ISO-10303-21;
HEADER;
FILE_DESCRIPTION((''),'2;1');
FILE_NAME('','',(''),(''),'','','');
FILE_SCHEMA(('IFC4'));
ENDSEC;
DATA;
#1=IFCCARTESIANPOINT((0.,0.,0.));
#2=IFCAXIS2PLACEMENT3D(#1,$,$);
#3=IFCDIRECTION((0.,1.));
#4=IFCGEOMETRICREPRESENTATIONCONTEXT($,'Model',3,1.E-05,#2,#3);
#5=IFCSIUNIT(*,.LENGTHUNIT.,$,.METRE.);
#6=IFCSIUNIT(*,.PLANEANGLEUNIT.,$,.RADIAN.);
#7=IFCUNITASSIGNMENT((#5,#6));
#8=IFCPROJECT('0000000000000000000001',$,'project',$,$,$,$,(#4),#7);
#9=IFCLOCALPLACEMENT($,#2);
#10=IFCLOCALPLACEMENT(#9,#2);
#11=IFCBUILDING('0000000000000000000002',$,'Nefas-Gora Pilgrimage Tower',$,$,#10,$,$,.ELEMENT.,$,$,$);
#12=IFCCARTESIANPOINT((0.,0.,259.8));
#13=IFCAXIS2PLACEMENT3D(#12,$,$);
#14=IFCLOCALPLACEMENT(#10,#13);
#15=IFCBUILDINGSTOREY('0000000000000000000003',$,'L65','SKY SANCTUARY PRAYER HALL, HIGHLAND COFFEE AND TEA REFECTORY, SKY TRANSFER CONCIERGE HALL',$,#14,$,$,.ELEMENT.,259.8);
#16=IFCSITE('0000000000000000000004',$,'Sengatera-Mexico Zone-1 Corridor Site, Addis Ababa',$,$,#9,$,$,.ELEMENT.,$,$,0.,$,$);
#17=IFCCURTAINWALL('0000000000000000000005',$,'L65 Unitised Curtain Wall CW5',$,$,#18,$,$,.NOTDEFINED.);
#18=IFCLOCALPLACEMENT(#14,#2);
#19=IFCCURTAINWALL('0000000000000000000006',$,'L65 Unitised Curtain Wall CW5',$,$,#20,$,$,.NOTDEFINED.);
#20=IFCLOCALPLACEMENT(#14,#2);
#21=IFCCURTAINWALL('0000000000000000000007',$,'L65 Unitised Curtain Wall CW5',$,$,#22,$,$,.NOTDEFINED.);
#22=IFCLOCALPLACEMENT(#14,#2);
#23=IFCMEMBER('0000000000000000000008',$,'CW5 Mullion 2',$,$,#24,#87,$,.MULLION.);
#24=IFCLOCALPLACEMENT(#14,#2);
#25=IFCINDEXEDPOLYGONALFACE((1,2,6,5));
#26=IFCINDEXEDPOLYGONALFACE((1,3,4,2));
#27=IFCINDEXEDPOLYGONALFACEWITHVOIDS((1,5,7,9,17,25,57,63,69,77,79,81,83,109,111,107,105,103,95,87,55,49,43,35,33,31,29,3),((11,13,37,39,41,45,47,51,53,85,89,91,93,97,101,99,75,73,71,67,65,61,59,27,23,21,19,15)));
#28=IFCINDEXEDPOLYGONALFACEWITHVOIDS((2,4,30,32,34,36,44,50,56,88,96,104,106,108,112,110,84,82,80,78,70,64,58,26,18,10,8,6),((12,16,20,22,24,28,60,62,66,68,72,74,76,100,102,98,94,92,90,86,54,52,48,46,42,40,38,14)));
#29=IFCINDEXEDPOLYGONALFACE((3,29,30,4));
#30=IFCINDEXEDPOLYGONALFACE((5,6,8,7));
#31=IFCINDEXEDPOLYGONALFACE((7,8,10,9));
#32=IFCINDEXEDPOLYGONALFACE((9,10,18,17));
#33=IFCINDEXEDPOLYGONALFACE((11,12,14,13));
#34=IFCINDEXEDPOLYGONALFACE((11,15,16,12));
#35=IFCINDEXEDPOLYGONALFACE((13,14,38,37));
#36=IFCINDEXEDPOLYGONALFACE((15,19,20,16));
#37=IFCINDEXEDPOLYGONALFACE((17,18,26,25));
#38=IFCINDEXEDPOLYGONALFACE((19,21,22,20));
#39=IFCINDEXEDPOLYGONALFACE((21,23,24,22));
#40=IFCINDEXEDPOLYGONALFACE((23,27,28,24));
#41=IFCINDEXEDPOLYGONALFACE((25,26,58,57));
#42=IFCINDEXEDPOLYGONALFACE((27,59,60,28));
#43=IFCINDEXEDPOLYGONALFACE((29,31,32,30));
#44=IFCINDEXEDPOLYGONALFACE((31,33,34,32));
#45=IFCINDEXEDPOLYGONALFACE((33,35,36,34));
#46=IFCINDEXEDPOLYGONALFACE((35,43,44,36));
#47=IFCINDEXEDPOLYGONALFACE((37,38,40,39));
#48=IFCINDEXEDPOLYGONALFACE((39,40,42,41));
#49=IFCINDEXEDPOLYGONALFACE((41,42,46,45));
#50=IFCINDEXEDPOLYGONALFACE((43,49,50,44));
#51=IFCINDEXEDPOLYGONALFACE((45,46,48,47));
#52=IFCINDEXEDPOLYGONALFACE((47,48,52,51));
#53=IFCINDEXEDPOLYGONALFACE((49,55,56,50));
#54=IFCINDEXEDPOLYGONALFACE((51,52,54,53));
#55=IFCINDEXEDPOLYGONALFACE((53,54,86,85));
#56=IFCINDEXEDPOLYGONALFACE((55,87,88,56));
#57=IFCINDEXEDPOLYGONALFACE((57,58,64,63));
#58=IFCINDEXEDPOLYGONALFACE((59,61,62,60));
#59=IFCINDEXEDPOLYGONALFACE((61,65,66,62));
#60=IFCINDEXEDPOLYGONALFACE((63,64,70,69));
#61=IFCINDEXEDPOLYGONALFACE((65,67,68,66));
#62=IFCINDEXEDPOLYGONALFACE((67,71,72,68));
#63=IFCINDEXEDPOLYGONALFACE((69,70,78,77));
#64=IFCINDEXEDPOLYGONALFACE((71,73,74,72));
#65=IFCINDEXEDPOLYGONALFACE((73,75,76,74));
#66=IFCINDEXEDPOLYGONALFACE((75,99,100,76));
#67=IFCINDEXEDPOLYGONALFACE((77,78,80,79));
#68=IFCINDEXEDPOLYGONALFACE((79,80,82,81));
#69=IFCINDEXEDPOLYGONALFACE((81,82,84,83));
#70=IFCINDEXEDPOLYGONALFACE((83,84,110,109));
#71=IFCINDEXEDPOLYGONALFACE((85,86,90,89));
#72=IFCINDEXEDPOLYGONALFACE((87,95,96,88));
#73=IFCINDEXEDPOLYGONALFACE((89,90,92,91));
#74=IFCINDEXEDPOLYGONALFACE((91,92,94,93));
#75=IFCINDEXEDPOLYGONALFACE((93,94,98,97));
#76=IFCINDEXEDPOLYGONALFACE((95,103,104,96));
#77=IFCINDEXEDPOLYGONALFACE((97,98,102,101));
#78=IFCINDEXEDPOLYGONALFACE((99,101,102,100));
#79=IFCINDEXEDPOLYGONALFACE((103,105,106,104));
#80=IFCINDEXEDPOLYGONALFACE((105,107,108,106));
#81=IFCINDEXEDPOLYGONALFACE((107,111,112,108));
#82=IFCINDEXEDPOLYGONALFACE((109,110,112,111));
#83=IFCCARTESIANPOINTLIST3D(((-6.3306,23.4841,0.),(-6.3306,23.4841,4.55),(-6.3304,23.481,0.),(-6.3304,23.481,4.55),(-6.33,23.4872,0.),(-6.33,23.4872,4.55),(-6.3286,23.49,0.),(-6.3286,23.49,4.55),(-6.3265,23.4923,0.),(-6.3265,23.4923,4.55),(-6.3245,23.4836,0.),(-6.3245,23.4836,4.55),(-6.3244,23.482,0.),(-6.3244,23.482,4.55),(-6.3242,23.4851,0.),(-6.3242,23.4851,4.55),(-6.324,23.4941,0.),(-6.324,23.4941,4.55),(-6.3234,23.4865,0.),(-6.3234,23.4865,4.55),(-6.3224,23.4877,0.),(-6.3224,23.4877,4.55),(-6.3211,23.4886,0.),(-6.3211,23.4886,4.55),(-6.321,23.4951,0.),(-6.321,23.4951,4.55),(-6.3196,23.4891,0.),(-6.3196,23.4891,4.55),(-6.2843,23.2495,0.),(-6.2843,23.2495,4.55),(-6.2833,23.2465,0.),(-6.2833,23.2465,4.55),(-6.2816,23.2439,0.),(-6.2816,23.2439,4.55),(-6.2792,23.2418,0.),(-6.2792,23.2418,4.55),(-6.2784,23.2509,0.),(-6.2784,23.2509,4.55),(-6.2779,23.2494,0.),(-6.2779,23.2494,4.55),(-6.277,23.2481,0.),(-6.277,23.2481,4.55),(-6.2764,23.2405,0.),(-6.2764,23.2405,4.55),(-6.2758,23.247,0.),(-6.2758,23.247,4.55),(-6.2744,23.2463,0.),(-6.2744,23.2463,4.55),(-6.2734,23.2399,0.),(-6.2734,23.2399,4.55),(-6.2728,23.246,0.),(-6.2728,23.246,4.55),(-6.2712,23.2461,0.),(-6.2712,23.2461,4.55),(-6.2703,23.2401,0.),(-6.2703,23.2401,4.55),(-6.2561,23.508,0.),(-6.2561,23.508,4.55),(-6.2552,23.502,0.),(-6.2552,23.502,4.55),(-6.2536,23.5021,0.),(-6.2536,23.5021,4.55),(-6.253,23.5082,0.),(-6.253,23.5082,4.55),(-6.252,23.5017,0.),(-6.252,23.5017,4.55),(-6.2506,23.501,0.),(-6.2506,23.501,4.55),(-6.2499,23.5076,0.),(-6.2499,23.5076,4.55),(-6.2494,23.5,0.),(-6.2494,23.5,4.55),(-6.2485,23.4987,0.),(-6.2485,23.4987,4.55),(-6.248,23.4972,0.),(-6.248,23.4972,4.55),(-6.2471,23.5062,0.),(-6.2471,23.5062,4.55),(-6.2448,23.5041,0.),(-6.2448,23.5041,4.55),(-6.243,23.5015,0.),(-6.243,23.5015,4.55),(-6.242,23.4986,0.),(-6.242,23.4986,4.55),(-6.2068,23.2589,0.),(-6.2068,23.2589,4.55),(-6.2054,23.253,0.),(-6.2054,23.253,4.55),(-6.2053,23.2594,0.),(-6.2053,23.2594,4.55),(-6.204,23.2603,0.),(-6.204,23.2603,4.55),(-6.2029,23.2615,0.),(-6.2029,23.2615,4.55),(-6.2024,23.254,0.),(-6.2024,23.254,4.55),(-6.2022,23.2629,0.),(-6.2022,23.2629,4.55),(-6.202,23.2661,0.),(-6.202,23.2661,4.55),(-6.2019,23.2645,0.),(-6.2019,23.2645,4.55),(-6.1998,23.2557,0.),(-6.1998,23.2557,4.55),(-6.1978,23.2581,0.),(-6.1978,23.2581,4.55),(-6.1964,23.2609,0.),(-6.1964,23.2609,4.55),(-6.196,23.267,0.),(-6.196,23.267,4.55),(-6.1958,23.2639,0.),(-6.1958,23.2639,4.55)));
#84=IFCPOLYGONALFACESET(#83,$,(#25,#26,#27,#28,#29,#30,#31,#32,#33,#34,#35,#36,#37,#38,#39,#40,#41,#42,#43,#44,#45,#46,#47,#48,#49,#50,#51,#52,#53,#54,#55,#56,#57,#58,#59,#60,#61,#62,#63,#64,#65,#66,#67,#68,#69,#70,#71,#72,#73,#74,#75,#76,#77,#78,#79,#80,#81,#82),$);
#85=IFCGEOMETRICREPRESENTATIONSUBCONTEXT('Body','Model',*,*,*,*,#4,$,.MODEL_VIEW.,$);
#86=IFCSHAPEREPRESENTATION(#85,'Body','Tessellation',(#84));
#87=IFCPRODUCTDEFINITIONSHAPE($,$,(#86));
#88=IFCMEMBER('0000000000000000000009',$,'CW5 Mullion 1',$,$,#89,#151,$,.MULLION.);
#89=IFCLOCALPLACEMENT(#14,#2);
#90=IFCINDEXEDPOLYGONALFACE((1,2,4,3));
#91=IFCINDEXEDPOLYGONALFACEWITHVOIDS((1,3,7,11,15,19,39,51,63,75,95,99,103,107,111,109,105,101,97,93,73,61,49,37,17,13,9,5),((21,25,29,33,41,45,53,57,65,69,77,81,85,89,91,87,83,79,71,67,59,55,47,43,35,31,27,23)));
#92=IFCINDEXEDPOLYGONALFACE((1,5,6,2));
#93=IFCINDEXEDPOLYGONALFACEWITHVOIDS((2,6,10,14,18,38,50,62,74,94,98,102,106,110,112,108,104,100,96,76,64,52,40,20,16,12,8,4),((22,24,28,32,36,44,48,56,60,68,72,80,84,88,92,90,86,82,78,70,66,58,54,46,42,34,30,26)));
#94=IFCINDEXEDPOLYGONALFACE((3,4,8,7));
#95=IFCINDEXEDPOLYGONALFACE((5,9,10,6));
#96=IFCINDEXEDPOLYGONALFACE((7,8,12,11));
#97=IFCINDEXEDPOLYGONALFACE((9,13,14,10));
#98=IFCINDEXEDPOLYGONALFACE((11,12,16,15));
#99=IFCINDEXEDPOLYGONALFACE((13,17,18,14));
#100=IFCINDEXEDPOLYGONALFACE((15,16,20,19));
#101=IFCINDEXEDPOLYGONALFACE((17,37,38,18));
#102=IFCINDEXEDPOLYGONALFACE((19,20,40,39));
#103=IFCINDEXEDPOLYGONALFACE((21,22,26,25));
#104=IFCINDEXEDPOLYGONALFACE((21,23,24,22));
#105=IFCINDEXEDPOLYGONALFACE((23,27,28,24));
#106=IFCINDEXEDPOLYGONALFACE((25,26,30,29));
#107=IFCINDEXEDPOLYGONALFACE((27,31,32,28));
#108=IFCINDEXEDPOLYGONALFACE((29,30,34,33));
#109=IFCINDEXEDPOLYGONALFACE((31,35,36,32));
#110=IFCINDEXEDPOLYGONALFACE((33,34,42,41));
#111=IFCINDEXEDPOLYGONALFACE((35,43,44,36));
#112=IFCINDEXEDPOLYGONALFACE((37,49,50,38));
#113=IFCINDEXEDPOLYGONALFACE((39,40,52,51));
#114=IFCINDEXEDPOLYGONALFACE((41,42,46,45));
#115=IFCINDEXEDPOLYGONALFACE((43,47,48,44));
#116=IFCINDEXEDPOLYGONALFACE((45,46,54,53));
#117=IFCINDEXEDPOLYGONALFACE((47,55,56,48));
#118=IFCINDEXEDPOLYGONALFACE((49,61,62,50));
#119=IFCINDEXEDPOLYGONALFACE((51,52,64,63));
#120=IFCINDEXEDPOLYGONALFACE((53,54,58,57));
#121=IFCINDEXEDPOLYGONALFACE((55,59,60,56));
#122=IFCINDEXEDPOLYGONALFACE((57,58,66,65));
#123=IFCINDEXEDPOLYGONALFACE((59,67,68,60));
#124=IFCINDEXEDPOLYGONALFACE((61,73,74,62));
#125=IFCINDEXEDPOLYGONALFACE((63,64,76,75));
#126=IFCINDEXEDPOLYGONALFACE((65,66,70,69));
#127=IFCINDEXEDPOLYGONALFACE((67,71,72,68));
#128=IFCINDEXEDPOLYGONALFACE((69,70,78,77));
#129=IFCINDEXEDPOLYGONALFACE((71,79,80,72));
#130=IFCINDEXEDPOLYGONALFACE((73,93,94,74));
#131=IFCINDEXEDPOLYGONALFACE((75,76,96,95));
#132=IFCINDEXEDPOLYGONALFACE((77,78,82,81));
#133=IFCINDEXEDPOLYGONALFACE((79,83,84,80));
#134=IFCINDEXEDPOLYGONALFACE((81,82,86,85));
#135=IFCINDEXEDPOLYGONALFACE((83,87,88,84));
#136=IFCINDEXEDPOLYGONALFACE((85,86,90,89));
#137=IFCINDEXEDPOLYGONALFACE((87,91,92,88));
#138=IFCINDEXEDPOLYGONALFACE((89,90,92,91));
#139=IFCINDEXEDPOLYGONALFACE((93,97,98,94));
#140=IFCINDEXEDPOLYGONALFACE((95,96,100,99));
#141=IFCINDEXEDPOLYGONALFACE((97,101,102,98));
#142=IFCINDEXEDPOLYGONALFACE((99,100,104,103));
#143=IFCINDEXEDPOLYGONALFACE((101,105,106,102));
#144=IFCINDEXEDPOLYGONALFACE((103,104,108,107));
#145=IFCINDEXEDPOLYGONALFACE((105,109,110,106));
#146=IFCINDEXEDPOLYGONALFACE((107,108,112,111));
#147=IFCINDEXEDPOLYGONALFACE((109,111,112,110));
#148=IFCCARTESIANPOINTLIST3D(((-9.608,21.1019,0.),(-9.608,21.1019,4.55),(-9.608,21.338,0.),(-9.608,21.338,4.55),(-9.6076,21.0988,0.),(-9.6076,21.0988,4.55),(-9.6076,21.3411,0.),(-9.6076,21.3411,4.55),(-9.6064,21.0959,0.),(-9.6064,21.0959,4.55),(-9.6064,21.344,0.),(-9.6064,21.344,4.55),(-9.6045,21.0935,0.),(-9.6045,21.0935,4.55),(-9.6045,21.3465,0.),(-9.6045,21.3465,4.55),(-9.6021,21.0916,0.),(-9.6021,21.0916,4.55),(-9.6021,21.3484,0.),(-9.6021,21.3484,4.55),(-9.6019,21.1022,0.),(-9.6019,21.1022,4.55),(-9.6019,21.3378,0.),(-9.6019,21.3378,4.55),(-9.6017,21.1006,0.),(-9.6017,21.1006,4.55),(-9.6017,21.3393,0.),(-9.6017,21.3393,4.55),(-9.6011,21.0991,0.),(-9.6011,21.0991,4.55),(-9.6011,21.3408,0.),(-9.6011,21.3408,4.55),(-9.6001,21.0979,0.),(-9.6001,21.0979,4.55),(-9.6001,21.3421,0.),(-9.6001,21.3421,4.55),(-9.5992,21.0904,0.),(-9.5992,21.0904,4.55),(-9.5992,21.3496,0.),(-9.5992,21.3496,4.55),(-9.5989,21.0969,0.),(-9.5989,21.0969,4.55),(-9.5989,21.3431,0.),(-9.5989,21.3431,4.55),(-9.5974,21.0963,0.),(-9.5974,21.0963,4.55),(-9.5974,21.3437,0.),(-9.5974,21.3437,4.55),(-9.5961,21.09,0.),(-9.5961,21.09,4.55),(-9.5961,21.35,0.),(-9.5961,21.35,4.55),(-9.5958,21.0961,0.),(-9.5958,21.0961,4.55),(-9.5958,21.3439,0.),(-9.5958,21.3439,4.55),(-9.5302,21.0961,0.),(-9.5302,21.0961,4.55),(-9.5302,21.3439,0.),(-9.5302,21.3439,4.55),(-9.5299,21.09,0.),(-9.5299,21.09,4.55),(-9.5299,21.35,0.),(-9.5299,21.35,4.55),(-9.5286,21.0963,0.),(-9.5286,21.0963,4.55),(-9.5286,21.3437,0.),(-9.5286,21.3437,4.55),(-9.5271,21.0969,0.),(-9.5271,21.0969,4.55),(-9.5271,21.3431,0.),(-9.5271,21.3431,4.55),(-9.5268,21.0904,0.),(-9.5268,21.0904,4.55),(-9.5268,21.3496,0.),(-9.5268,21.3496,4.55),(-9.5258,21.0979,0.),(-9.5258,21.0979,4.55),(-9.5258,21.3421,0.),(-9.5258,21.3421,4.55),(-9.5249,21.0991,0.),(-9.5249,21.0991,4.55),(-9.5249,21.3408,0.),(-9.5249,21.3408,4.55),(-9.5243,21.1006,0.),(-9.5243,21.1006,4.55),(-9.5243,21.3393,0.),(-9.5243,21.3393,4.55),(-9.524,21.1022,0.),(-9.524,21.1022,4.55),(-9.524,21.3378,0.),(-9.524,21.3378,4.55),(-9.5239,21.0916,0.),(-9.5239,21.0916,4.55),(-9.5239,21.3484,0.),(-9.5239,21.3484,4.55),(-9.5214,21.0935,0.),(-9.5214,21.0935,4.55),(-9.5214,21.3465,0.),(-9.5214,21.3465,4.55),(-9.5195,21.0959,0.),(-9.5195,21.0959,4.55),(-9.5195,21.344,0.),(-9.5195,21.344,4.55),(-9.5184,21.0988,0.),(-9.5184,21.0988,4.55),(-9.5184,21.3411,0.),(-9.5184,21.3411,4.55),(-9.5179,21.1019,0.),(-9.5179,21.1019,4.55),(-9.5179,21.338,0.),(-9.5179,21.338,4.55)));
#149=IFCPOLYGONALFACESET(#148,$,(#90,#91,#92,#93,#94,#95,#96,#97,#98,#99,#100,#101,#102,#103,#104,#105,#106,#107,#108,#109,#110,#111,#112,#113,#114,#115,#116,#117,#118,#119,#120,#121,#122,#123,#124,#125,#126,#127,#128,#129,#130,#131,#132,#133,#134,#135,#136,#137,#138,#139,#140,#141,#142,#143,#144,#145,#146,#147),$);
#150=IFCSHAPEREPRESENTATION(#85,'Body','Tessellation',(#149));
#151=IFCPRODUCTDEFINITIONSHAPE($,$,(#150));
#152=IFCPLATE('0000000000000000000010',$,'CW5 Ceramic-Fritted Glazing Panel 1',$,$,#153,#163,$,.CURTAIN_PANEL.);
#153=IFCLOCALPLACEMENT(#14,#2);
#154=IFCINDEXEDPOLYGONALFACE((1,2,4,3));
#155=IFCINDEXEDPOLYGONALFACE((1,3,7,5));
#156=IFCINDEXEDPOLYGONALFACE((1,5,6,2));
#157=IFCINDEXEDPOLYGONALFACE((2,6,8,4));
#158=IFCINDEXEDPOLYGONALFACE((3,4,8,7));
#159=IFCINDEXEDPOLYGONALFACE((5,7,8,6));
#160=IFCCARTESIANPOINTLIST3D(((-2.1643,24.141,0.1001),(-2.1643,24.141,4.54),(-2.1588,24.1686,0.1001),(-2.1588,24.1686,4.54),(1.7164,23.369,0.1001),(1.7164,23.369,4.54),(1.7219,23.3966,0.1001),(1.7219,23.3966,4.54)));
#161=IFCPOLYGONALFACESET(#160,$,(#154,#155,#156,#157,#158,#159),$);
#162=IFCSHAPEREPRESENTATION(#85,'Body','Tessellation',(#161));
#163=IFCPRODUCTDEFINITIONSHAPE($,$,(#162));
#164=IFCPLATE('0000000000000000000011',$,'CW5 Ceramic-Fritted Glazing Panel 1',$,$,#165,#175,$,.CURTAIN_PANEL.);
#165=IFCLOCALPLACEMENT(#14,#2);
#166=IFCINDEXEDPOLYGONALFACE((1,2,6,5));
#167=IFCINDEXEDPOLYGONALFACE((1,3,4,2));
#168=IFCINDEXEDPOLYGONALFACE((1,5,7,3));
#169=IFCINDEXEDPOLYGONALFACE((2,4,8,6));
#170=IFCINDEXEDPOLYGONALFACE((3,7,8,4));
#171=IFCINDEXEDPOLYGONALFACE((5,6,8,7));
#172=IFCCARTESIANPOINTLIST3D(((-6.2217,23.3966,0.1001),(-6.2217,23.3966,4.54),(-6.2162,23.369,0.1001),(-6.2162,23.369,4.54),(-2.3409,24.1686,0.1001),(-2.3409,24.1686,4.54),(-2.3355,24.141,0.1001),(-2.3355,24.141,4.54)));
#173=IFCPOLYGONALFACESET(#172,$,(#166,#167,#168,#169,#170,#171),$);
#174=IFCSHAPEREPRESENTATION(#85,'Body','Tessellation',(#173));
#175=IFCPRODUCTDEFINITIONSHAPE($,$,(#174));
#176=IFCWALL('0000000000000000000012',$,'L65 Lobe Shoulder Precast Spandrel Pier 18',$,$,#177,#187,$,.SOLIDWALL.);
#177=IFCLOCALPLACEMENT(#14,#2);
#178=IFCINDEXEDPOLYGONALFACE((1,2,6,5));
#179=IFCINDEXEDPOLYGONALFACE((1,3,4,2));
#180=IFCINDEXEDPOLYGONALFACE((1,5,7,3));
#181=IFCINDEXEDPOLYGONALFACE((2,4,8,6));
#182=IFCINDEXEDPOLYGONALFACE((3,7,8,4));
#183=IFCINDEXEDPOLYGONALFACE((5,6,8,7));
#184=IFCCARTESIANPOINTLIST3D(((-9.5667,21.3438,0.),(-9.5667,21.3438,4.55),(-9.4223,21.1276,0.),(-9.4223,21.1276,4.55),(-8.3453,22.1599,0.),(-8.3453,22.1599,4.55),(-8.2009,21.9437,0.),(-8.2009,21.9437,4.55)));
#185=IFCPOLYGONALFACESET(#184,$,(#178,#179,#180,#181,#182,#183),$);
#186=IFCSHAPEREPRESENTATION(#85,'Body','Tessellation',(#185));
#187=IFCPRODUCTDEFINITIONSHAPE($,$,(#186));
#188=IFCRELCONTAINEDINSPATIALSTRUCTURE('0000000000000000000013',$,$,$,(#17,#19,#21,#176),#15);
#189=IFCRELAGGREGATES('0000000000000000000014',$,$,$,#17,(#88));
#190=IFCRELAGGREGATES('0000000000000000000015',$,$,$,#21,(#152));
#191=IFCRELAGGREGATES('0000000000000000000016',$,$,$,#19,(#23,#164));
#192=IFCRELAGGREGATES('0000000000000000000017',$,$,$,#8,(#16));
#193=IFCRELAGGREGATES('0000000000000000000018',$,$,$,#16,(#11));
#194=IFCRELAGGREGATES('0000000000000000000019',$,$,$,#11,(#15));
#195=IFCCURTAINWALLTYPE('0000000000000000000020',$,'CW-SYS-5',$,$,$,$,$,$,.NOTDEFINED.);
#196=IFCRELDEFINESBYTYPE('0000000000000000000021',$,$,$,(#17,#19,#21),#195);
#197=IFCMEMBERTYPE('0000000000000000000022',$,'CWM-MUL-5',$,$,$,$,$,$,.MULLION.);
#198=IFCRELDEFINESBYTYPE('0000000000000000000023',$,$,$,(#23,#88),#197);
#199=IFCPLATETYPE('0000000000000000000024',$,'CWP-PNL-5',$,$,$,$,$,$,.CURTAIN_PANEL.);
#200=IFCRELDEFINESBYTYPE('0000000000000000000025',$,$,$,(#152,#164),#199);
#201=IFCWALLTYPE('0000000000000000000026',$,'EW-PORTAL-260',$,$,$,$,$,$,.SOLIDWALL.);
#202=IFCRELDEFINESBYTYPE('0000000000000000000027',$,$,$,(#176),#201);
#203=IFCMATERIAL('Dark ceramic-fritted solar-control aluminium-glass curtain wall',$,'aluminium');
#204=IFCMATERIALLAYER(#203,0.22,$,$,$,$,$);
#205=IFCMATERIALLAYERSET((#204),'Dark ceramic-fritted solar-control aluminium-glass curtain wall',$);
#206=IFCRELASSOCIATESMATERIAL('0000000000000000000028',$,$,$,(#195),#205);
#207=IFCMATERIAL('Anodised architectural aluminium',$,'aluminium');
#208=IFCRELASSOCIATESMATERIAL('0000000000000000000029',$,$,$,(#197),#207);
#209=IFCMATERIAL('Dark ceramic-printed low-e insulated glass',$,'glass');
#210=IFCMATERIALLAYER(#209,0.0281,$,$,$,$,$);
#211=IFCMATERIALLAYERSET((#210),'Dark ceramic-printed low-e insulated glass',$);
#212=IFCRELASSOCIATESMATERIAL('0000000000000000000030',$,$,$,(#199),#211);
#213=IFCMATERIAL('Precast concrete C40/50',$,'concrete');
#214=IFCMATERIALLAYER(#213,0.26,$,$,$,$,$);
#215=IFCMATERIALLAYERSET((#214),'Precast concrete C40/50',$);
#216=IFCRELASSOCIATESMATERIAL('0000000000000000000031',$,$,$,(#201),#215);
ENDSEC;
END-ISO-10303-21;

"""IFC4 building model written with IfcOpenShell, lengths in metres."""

from ifc_helpers import new_model, si_unit, direction, frame, frame_2d, origin, origin_2d, place, context, subcontext, project, spatial, rectangle, hollow_rectangle, extrude, source, transform, mapped, material, layer, layer_set, material_profile, profile_set, type_object, element, aggregate, save


model = new_model("IFC4")

# Units and contexts
model_context = context("Model", 3, precision=1e-05, world=origin(), true_north=direction((0.0, 1.0)))
body_context = subcontext(model_context, "Body", "Model", "MODEL_VIEW")
ifc_project = project(units=[si_unit("LENGTHUNIT", "METRE"), si_unit("PLANEANGLEUNIT", "RADIAN")], contexts=[model_context])

# Site, building, storey
site_placement = place(None, origin())
site = spatial("IfcSite", under=ifc_project, at=site_placement, Name="Sengatera-Mexico Zone-1 Corridor Site, Addis Ababa", CompositionType="ELEMENT", RefElevation=0.0)
building_placement = place(site_placement, origin())
building = spatial("IfcBuilding", under=site, at=building_placement, Name="Nefas-Gora Pilgrimage Tower", CompositionType="ELEMENT")
storey_placement = place(building_placement, frame((0.0, 0.0, 259.8)))
storey = spatial("IfcBuildingStorey", under=building, at=storey_placement, Name="L65", Description="SKY SANCTUARY PRAYER HALL, HIGHLAND COFFEE AND TEA REFECTORY, SKY TRANSFER CONCIERGE HALL", CompositionType="ELEMENT", Elevation=259.8)

# Curtain walls
ifc_material_1 = material(Name="Dark ceramic-fritted solar-control aluminium-glass curtain wall", Category="aluminium")
ifc_layer_1 = layer(ifc_material_1, 0.22)
ifc_layer_set_1 = layer_set([ifc_layer_1], Name="Dark ceramic-fritted solar-control aluminium-glass curtain wall")
curtain_wall_type = type_object("IfcCurtainWallType", Name="CW-SYS-5", PredefinedType="NOTDEFINED", material=ifc_layer_set_1)
curtain_wall_1_placement = place(storey_placement, origin())
curtain_wall_1 = element("IfcCurtainWall", 1, at=curtain_wall_1_placement, inside=storey, type_object=curtain_wall_type, Name="L65 Unitised Curtain Wall CW5", PredefinedType="NOTDEFINED")
ifc_material_2 = material(Name="Anodised architectural aluminium", Category="aluminium")
curtain_wall_2_placement = place(storey_placement, origin())
curtain_wall_2 = element("IfcCurtainWall", 2, at=curtain_wall_2_placement, inside=storey, type_object=curtain_wall_type, Name="L65 Unitised Curtain Wall CW5", PredefinedType="NOTDEFINED")
curtain_wall_3_placement = place(storey_placement, origin())
curtain_wall_3 = element("IfcCurtainWall", 3, at=curtain_wall_3_placement, inside=storey, type_object=curtain_wall_type, Name="L65 Unitised Curtain Wall CW5", PredefinedType="NOTDEFINED")
ifc_material_profile_1 = material_profile(ifc_material_2, hollow_rectangle(XDim=0.0901, YDim=0.26, WallThickness=0.0061, InnerFilletRadius=0.0061, OuterFilletRadius=0.012, at=origin_2d()), Name="ALU MULLION 90x260")
ifc_profile_set_1 = profile_set([ifc_material_profile_1], Name="Anodised architectural aluminium")
member_type_1 = type_object("IfcMemberType", Name="CWM-MUL-5", PredefinedType="MULLION", material=ifc_profile_set_1)
shared_shape_1 = source(origin(), body_context, "Body", "SweptSolid", [
    extrude(hollow_rectangle(XDim=0.0901, YDim=0.26, WallThickness=0.0061, InnerFilletRadius=0.0061, OuterFilletRadius=0.012, at=origin_2d()), origin(), (0.0, 0.0, 1.0), 4.55),
])

# Members
member_1_placement = place(storey_placement, frame((-6.2632, 23.374, 0.0), z_axis=(0.0, 0.0, 1.0), x_axis=(-0.980783, -0.195102, 0.0)))
member_1 = element("IfcMember", 4, at=member_1_placement, type_object=member_type_1, Name="CW5 Mullion 2", PredefinedType="MULLION", context=body_context, shape_type="MappedRepresentation", body=[
    mapped(shared_shape_1, transform((0.0, 0.0, 0.0), x_axis=(1.0, 0.0, 0.0), y_axis=(0.0, 1.0, 0.0), z_axis=(0.0, 0.0, 1.0), scale=1.0)),
])
member_2_placement = place(storey_placement, frame((-9.563, 21.22, 0.0), z_axis=(0.0, 0.0, 1.0), x_axis=(-1.0, 0.0, 0.0)))
member_2 = element("IfcMember", 5, at=member_2_placement, type_object=member_type_1, Name="CW5 Mullion 1", PredefinedType="MULLION", context=body_context, shape_type="MappedRepresentation", body=[
    mapped(shared_shape_1, transform((0.0, 0.0, 0.0), x_axis=(1.0, 0.0, 0.0), y_axis=(0.0, 1.0, 0.0), z_axis=(0.0, 0.0, 1.0), scale=1.0)),
])
aggregate(curtain_wall_1, [member_2])

# Plates
ifc_material_3 = material(Name="Dark ceramic-printed low-e insulated glass", Category="glass")
ifc_layer_2 = layer(ifc_material_3, 0.0281)
ifc_layer_set_2 = layer_set([ifc_layer_2], Name="Dark ceramic-printed low-e insulated glass")
plate_type = type_object("IfcPlateType", Name="CWP-PNL-5", PredefinedType="CURTAIN_PANEL", material=ifc_layer_set_2)
shared_shape_2 = source(origin(), body_context, "Body", "SweptSolid", [
    extrude(rectangle(XDim=3.9568, YDim=0.0281, at=origin_2d()), origin(), (0.0, 0.0, 1.0), 4.4399),
])
plate_1_placement = place(storey_placement, frame((-0.2212, 23.7688, 0.1001), z_axis=(0.0, 0.0, 1.0), x_axis=(-0.980783, 0.195102, 0.0)))
plate_1 = element("IfcPlate", 6, at=plate_1_placement, type_object=plate_type, Name="CW5 Ceramic-Fritted Glazing Panel 1", PredefinedType="CURTAIN_PANEL", context=body_context, shape_type="MappedRepresentation", body=[
    mapped(shared_shape_2, transform((0.0, 0.0, 0.0), x_axis=(1.0, 0.0, 0.0), y_axis=(0.0, 1.0, 0.0), z_axis=(0.0, 0.0, 1.0), scale=1.0)),
])
aggregate(curtain_wall_3, [plate_1])
plate_2_placement = place(storey_placement, frame((-4.2786, 23.7688, 0.1001), z_axis=(0.0, 0.0, 1.0), x_axis=(-0.980783, -0.195102, 0.0)))
plate_2 = element("IfcPlate", 7, at=plate_2_placement, type_object=plate_type, Name="CW5 Ceramic-Fritted Glazing Panel 1", PredefinedType="CURTAIN_PANEL", context=body_context, shape_type="MappedRepresentation", body=[
    mapped(shared_shape_2, transform((0.0, 0.0, 0.0), x_axis=(1.0, 0.0, 0.0), y_axis=(0.0, 1.0, 0.0), z_axis=(0.0, 0.0, 1.0), scale=1.0)),
])
aggregate(curtain_wall_2, [member_1, plate_2])

# Wall
ifc_material_4 = material(Name="Precast concrete C40/50", Category="concrete")
ifc_layer_3 = layer(ifc_material_4, 0.26)
ifc_layer_set_3 = layer_set([ifc_layer_3], Name="Precast concrete C40/50")
wall_type_1 = type_object("IfcWallType", Name="EW-PORTAL-260", PredefinedType="SOLIDWALL", material=ifc_layer_set_3)
shared_shape_3 = source(origin(), body_context, "Body", "SweptSolid", [
    extrude(rectangle(XDim=1.469, YDim=0.26, at=frame_2d((0.7344, 0.0))), origin(), (0.0, 0.0, 1.0), 4.55),
])
wall_1_placement = place(storey_placement, frame((-8.2732, 22.0518, 0.0), z_axis=(0.0, 0.0, 1.0), x_axis=(-0.831462, -0.555582, 0.0)))
element("IfcWall", 8, at=wall_1_placement, inside=storey, type_object=wall_type_1, Name="L65 Lobe Shoulder Precast Spandrel Pier 18", PredefinedType="SOLIDWALL", context=body_context, shape_type="MappedRepresentation", body=[
    mapped(shared_shape_3, transform((0.0, 0.0, 0.0), x_axis=(1.0, 0.0, 0.0), y_axis=(0.0, 1.0, 0.0), z_axis=(0.0, 0.0, 1.0), scale=1.0)),
])

save(model, "model.ifc")
